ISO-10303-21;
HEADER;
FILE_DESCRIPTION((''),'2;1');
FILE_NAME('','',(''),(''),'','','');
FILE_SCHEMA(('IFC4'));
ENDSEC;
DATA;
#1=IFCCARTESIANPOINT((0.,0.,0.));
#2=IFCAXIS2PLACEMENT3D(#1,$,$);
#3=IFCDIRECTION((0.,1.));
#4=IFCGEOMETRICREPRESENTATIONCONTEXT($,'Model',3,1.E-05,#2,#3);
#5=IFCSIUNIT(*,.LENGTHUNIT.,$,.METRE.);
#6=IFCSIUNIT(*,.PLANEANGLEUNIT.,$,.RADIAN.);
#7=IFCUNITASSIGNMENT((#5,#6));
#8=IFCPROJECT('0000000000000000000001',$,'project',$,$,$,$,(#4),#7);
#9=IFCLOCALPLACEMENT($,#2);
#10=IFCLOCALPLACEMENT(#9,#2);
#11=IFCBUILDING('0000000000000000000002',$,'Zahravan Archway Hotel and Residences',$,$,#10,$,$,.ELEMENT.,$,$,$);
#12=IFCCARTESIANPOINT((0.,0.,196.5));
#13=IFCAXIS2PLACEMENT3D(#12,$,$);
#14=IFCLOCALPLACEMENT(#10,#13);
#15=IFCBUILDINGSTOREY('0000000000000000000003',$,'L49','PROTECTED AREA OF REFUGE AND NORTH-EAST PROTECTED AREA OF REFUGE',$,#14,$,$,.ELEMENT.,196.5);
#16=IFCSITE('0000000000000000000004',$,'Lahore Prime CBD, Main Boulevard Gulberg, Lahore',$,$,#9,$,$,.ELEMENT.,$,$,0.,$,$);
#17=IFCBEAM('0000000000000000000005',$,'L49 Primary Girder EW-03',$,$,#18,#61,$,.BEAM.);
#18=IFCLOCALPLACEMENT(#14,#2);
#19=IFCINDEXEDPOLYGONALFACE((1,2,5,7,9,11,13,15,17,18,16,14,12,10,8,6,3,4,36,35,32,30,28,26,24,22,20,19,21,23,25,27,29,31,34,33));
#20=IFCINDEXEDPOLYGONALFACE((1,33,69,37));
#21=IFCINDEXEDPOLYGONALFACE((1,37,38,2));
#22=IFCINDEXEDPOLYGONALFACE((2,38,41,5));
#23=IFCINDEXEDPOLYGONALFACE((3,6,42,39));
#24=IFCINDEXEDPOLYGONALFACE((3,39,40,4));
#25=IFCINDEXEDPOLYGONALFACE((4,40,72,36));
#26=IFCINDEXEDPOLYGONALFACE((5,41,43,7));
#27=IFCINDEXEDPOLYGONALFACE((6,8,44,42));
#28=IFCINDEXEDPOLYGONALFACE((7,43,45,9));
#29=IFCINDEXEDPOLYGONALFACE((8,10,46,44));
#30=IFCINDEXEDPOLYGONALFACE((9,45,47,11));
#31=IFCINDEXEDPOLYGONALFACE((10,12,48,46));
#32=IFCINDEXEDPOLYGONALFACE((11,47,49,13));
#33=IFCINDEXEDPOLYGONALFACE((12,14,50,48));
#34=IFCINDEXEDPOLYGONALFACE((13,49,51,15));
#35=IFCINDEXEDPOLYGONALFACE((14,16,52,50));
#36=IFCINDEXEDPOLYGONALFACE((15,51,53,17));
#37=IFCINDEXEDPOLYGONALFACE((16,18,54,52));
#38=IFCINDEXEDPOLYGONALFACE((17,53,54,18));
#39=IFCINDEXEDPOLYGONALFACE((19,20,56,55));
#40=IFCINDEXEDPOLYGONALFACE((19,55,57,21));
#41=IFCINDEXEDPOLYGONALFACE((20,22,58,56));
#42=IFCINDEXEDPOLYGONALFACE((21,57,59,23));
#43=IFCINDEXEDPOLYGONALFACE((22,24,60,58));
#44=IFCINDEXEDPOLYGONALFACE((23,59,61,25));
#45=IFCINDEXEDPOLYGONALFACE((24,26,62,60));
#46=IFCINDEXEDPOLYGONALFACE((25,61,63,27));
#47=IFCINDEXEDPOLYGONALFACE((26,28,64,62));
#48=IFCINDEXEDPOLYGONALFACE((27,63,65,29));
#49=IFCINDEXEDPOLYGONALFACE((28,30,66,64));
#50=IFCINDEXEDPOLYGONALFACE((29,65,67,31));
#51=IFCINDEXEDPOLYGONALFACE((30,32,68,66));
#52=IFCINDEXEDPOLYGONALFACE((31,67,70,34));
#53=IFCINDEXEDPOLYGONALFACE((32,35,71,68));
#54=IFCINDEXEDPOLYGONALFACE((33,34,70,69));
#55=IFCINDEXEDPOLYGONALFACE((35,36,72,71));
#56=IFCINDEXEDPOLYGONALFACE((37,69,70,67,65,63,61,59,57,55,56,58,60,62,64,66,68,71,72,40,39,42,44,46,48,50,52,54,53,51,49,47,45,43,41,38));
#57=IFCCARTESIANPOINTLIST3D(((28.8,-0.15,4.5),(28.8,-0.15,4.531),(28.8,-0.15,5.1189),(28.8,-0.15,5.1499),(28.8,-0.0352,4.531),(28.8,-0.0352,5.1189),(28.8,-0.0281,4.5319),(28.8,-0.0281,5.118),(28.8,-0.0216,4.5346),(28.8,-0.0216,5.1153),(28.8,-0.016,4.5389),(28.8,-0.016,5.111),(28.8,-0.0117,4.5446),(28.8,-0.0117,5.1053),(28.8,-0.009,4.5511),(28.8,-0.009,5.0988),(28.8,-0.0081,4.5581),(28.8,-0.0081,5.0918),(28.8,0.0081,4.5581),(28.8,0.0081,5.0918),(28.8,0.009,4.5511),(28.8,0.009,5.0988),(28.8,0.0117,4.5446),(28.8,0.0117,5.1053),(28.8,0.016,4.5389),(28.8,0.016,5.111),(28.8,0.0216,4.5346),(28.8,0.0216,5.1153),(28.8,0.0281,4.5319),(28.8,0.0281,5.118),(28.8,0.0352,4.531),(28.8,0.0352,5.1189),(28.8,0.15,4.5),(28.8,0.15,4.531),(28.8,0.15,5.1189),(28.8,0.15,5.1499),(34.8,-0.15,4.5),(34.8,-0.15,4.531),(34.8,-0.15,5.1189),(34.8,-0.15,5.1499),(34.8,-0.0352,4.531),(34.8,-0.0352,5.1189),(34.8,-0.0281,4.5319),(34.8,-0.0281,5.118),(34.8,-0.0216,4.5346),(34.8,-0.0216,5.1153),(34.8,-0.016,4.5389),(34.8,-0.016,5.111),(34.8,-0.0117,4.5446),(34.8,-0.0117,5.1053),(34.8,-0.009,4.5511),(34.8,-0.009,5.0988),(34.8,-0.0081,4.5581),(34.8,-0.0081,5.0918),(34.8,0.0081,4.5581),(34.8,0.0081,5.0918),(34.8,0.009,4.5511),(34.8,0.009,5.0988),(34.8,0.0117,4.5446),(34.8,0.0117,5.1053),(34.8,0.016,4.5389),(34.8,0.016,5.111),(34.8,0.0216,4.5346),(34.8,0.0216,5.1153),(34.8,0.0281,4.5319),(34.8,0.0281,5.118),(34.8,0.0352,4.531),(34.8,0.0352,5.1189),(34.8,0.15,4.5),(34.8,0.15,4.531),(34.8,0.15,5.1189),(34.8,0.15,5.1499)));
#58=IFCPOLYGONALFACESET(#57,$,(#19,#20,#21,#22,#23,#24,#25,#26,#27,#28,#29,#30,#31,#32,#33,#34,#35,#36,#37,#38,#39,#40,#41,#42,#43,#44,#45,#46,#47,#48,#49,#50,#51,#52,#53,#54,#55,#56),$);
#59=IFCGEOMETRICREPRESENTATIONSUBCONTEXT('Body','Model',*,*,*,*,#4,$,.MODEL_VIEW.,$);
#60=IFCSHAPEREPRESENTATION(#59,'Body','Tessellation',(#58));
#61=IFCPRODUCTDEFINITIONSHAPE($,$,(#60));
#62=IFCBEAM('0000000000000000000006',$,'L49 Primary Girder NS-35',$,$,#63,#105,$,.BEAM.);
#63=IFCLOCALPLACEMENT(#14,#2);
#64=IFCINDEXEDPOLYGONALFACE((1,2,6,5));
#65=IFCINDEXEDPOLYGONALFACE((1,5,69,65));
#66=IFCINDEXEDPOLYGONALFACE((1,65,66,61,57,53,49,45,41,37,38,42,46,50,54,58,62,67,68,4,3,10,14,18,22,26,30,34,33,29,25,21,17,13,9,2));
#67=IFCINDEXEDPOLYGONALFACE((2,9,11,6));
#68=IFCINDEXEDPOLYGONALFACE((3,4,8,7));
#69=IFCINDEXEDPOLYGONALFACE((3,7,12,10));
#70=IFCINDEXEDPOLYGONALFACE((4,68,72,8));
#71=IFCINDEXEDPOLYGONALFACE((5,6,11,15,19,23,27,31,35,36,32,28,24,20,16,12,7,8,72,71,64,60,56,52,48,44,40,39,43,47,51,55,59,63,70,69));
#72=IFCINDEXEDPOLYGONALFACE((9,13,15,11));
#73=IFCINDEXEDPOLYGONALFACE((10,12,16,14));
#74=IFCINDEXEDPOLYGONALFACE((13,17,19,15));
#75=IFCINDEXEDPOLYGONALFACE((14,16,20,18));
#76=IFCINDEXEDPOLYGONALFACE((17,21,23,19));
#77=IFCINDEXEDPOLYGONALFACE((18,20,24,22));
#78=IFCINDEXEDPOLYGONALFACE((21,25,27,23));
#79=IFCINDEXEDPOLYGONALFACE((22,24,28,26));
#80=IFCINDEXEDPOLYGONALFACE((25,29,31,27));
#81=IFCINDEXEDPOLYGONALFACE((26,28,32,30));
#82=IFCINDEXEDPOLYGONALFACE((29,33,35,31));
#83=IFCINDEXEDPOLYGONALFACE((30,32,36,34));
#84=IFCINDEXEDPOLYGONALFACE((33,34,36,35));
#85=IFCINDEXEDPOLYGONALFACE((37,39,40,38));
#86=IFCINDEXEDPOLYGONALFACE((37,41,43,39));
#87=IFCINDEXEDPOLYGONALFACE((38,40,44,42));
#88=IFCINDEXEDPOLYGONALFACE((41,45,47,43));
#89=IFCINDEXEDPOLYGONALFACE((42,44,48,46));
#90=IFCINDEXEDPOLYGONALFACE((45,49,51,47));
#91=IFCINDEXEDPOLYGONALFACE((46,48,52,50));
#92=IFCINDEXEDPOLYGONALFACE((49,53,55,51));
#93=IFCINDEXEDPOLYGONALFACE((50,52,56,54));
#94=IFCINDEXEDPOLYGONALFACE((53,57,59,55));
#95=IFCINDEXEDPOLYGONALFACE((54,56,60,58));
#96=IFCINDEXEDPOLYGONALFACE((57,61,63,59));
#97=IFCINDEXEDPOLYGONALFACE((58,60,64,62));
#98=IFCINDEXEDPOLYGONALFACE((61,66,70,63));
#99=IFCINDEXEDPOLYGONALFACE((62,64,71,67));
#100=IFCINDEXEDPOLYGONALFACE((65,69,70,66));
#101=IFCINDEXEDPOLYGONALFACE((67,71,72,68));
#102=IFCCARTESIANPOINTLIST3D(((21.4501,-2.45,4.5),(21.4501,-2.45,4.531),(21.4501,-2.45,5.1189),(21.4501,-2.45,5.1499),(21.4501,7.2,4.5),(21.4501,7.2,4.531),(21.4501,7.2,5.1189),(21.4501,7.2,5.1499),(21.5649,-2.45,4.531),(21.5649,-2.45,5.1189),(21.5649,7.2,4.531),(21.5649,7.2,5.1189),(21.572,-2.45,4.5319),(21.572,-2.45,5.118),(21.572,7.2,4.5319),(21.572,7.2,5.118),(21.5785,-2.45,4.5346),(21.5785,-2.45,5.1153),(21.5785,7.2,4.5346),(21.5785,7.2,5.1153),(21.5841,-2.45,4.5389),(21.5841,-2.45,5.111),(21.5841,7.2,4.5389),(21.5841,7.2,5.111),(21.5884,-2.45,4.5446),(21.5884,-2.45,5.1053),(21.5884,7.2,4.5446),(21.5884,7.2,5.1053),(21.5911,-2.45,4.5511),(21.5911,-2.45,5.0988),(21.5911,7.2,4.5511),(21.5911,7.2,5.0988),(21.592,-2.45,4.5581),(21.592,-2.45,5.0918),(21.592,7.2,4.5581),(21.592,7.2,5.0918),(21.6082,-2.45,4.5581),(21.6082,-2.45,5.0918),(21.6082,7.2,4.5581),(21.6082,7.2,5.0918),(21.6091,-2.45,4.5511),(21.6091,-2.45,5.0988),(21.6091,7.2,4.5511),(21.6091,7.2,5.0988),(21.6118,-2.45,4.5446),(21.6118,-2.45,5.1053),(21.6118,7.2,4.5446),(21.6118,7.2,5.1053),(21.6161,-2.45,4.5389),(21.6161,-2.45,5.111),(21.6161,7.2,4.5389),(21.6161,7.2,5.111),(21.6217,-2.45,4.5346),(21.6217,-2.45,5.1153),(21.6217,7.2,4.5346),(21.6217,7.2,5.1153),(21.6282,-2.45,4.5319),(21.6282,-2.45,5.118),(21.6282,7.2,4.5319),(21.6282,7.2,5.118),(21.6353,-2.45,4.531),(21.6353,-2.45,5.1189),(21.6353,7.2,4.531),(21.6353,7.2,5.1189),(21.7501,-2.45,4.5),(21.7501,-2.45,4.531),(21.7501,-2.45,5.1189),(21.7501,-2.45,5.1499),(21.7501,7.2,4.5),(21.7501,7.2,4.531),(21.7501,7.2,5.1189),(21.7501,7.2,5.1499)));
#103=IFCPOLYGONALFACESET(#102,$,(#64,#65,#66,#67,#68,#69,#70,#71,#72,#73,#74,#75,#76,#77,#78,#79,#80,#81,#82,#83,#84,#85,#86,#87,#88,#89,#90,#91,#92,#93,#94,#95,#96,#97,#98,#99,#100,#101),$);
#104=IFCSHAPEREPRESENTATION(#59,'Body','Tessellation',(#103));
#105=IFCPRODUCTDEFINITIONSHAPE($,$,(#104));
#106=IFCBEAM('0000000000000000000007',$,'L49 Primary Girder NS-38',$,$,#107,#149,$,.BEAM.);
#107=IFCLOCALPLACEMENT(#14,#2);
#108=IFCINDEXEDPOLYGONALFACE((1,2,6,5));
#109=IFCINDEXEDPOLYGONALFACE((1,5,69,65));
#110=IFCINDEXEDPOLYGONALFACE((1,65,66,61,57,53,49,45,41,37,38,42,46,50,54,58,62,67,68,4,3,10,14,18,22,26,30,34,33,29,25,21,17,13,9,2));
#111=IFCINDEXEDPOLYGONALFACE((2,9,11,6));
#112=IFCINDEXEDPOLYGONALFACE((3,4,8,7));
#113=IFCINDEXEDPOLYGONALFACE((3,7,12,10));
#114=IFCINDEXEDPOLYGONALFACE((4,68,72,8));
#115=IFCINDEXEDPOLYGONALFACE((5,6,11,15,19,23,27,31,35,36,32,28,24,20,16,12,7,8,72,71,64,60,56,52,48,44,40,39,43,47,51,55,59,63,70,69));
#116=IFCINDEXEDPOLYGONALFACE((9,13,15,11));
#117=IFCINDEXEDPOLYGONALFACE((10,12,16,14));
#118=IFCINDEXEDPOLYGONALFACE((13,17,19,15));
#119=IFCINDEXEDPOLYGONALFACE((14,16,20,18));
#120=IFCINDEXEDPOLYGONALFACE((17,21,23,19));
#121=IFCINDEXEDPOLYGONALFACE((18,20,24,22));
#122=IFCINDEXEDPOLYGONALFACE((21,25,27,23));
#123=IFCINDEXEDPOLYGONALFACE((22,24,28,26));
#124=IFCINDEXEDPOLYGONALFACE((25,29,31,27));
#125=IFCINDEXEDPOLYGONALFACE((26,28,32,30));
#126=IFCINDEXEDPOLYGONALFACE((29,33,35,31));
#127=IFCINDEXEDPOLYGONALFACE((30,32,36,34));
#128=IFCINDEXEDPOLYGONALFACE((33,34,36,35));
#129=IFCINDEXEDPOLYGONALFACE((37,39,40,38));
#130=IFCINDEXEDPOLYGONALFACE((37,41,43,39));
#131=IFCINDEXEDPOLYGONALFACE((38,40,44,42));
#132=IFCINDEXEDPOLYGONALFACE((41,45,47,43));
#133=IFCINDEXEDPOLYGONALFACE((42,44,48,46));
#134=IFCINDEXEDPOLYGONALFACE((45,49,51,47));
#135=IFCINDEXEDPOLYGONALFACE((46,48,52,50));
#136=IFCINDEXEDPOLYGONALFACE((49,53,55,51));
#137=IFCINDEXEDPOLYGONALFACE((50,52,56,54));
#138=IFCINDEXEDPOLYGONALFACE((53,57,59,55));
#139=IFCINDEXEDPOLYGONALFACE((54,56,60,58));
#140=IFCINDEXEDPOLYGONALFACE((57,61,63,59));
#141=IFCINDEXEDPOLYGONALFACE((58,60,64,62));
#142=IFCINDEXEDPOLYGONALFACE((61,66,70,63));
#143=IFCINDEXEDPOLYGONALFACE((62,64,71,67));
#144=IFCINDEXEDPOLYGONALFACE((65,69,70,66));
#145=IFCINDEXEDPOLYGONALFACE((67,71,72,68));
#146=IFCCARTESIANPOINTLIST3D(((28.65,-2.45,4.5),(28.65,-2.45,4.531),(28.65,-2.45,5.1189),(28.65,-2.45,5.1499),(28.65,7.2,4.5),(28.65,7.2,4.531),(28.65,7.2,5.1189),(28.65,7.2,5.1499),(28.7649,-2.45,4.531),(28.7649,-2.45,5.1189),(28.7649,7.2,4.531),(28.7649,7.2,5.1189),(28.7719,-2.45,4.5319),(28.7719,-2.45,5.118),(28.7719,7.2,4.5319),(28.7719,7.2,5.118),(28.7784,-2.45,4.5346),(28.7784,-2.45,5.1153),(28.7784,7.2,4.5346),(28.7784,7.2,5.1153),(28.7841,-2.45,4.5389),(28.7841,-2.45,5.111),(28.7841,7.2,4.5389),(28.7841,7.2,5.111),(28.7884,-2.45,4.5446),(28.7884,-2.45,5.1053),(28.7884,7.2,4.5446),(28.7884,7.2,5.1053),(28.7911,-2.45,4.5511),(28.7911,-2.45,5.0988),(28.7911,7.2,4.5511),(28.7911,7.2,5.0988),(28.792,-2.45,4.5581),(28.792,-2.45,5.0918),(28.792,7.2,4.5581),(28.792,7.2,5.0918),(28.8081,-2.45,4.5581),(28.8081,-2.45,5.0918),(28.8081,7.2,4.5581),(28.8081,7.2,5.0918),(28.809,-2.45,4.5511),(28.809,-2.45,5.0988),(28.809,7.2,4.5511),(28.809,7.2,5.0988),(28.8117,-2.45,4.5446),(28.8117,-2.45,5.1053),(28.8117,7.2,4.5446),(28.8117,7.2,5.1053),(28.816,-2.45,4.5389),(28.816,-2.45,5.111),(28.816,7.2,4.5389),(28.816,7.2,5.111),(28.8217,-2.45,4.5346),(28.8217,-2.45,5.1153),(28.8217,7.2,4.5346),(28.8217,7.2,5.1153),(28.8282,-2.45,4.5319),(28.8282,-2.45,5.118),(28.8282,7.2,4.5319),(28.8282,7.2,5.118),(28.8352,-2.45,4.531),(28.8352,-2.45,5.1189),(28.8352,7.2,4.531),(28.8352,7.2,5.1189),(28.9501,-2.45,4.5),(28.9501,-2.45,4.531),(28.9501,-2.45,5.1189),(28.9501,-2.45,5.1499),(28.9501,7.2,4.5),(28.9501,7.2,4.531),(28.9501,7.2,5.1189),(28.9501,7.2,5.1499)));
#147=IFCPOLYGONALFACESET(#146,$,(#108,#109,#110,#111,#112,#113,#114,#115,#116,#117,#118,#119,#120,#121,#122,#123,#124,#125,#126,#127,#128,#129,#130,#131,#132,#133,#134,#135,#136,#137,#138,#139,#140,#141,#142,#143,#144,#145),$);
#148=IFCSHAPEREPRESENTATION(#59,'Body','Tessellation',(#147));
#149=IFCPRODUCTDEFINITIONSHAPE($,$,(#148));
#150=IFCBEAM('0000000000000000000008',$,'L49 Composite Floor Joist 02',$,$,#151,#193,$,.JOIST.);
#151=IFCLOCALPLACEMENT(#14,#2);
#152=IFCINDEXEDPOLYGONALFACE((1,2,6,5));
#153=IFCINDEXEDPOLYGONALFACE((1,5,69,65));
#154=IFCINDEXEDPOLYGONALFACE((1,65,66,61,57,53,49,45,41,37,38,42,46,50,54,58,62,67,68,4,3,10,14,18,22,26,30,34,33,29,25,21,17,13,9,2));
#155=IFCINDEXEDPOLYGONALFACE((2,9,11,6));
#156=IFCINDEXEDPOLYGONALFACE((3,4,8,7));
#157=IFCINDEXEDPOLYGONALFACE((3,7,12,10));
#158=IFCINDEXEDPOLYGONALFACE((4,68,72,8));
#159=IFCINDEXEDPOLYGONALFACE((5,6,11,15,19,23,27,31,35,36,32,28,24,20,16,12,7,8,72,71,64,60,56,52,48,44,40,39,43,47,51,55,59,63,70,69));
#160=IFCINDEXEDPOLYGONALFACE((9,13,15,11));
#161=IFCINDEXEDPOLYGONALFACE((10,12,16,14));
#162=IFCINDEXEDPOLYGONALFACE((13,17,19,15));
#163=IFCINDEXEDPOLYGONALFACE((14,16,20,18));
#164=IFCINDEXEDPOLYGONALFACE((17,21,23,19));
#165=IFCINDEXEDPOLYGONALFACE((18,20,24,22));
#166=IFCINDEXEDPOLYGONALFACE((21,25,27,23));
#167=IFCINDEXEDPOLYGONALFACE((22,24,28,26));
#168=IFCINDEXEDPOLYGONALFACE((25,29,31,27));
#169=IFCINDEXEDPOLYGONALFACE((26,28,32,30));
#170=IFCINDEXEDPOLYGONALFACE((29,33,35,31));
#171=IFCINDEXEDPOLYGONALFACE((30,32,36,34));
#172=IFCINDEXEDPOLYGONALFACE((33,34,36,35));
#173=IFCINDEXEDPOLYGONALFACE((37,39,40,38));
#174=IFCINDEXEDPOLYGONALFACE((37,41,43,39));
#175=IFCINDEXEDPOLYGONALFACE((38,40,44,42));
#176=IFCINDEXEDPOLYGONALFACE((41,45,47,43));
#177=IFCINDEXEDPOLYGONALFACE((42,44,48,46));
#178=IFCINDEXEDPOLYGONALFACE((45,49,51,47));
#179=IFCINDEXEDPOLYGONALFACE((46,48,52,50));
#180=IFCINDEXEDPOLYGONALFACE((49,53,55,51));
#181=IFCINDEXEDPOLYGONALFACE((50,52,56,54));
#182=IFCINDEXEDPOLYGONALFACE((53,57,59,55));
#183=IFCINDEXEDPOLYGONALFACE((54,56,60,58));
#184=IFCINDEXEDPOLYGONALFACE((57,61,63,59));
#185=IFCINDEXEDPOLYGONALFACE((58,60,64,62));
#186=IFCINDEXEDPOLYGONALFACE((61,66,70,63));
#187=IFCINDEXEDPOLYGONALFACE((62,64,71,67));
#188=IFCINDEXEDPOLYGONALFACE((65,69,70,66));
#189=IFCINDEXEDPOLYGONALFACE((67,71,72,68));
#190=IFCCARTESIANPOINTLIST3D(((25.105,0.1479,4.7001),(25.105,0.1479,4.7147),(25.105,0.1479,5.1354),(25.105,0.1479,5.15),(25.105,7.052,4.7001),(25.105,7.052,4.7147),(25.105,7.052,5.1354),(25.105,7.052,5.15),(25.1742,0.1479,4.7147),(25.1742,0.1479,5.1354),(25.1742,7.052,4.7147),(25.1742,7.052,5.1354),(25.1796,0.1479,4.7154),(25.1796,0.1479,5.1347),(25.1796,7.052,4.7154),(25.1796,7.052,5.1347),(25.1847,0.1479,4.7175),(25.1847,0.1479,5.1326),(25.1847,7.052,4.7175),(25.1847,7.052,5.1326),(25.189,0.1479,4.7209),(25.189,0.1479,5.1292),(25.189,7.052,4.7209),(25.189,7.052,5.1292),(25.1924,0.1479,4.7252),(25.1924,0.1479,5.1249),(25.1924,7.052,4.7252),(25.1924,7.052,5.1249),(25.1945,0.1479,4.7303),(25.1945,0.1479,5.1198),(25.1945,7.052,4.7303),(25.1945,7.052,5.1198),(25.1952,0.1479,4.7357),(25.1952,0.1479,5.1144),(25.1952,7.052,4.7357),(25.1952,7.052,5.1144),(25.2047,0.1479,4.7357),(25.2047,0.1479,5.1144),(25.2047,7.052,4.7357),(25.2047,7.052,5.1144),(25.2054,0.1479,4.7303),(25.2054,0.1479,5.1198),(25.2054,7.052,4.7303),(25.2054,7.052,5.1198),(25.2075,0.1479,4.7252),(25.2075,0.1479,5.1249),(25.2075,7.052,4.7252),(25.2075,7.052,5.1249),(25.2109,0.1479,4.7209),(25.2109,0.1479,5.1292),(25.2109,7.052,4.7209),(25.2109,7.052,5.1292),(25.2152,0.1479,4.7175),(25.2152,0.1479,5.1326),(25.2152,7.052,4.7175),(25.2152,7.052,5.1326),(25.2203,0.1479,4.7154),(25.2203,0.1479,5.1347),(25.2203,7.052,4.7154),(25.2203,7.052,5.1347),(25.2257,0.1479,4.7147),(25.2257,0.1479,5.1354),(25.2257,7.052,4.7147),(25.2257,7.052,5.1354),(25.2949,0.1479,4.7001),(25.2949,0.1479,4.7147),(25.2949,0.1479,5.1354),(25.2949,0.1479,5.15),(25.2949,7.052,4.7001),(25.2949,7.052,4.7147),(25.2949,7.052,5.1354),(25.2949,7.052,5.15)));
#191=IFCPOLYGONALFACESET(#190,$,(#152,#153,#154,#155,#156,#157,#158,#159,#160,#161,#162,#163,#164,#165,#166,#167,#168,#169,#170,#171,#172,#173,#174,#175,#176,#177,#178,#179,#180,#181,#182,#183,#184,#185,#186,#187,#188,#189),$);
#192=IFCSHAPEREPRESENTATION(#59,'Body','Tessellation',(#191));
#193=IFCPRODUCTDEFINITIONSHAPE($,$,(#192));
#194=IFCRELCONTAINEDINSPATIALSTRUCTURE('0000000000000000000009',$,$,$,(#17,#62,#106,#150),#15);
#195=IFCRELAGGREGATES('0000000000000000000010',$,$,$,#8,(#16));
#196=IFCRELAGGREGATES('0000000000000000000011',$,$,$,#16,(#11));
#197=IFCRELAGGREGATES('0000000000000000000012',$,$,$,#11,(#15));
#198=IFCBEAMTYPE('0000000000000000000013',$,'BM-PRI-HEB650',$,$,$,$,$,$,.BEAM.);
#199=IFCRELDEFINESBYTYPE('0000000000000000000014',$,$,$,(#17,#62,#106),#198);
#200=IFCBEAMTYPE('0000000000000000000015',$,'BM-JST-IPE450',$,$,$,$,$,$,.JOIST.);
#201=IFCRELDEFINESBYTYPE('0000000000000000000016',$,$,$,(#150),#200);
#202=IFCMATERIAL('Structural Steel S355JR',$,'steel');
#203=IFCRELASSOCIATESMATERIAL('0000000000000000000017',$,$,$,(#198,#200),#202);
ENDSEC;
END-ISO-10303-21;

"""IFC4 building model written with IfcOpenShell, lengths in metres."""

from ifc_helpers import new_model, si_unit, direction, frame, origin, origin_2d, place, context, subcontext, project, spatial, i_section, extrude, source, transform, mapped, material, material_profile, profile_set, type_object, type_shapes, element, save


model = new_model("IFC4")

# Units and contexts
model_context = context("Model", 3, precision=1e-05, world=origin(), true_north=direction((0.0, 1.0)))
body_context = subcontext(model_context, "Body", "Model", "MODEL_VIEW")
ifc_project = project(units=[si_unit("LENGTHUNIT", "METRE"), si_unit("PLANEANGLEUNIT", "RADIAN")], contexts=[model_context])

# Site, building, storey
site_placement = place(None, origin())
site = spatial("IfcSite", under=ifc_project, at=site_placement, Name="Lahore Prime CBD, Main Boulevard Gulberg, Lahore", CompositionType="ELEMENT", RefElevation=0.0)
building_placement = place(site_placement, origin())
building = spatial("IfcBuilding", under=site, at=building_placement, Name="Zahravan Archway Hotel and Residences", CompositionType="ELEMENT")
storey_placement = place(building_placement, frame((0.0, 0.0, 196.5)))
storey = spatial("IfcBuildingStorey", under=building, at=storey_placement, Name="L49", Description="PROTECTED AREA OF REFUGE AND NORTH-EAST PROTECTED AREA OF REFUGE", CompositionType="ELEMENT", Elevation=196.5)

# Beams
ifc_material_1 = material(Name="Structural Steel S355JR", Category="steel")
ifc_material_profile_1 = material_profile(ifc_material_1, i_section(OverallWidth=0.3, OverallDepth=0.6499, WebThickness=0.0161, FlangeThickness=0.031, FilletRadius=0.0271, at=origin_2d()), Name="HEB 650", Category="steel")
ifc_profile_set_1 = profile_set([ifc_material_profile_1], Name="Structural Steel S355JR")
beam_type_1 = type_object("IfcBeamType", Name="BM-PRI-HEB650", PredefinedType="BEAM", material=ifc_profile_set_1)
shared_shape_1 = source(origin(), body_context, "Body", "SweptSolid", [
    extrude(i_section(OverallWidth=0.3, OverallDepth=0.6499, WebThickness=0.0161, FlangeThickness=0.031, FilletRadius=0.0271, at=origin_2d()), origin(), (0.0, 0.0, 1.0), 6.0),
])
beam_1_placement = place(storey_placement, frame((28.8, 0.0, 4.825), z_axis=(1.0, 0.0, 0.0), x_axis=(0.0, 1.0, 0.0)))
element("IfcBeam", 1, at=beam_1_placement, inside=storey, type_object=beam_type_1, Name="L49 Primary Girder EW-03", PredefinedType="BEAM", context=body_context, shape_type="MappedRepresentation", body=[
    mapped(shared_shape_1, transform((0.0, 0.0, 0.0), scale=1.0)),
])
shared_shape_2 = source(origin(), body_context, "Body", "SweptSolid", [
    extrude(i_section(OverallWidth=0.3, OverallDepth=0.6499, WebThickness=0.0161, FlangeThickness=0.031, FilletRadius=0.0271, at=origin_2d()), origin(), (0.0, 0.0, 1.0), 9.6499),
])
for number, where, z_axis, x_axis, name in (
    (2, (21.6001, -2.45, 4.825), (0.0, 1.0, 0.0), (-1.0, 0.0, 0.0), "L49 Primary Girder NS-35"),
    (3, (28.8, -2.45, 4.825), (0.0, 1.0, 0.0), (-1.0, 0.0, 0.0), "L49 Primary Girder NS-38"),
):
    element("IfcBeam", number, at=place(storey_placement, frame(where, z_axis=z_axis, x_axis=x_axis)), inside=storey, type_object=beam_type_1, Name=name, PredefinedType="BEAM", context=body_context, shape_type="MappedRepresentation", body=[
        mapped(shared_shape_2, transform((0.0, 0.0, 0.0), scale=1.0)),
    ])
ifc_material_profile_2 = material_profile(ifc_material_1, i_section(OverallWidth=0.1899, OverallDepth=0.45, WebThickness=0.0095, FlangeThickness=0.0146, FilletRadius=0.021, at=origin_2d()), Name="IPE 450", Category="steel")
ifc_profile_set_2 = profile_set([ifc_material_profile_2], Name="Structural Steel S355JR")
beam_type_2 = type_object("IfcBeamType", Name="BM-JST-IPE450", PredefinedType="JOIST", material=ifc_profile_set_2)
shared_shape_3 = source(origin(), body_context, "Body", "SweptSolid", [
    extrude(i_section(OverallWidth=0.1899, OverallDepth=0.45, WebThickness=0.0095, FlangeThickness=0.0146, FilletRadius=0.021, at=origin_2d()), origin(), (0.0, 0.0, 1.0), 6.9041),
])
type_shapes(beam_type_2, [shared_shape_3])
for number, where, z_axis, x_axis, name in (
    (4, (25.2, 0.1479, 4.925), (0.0, 1.0, 0.0), (-1.0, 0.0, 0.0), "L49 Composite Floor Joist 02"),
):
    element("IfcBeam", number, at=place(storey_placement, frame(where, z_axis=z_axis, x_axis=x_axis)), inside=storey, type_object=beam_type_2, Name=name, PredefinedType="JOIST", context=body_context, shape_type="MappedRepresentation", body=[
        mapped(shared_shape_3, transform((0.0, 0.0, 0.0), scale=1.0)),
    ])

save(model, "model.ifc")
